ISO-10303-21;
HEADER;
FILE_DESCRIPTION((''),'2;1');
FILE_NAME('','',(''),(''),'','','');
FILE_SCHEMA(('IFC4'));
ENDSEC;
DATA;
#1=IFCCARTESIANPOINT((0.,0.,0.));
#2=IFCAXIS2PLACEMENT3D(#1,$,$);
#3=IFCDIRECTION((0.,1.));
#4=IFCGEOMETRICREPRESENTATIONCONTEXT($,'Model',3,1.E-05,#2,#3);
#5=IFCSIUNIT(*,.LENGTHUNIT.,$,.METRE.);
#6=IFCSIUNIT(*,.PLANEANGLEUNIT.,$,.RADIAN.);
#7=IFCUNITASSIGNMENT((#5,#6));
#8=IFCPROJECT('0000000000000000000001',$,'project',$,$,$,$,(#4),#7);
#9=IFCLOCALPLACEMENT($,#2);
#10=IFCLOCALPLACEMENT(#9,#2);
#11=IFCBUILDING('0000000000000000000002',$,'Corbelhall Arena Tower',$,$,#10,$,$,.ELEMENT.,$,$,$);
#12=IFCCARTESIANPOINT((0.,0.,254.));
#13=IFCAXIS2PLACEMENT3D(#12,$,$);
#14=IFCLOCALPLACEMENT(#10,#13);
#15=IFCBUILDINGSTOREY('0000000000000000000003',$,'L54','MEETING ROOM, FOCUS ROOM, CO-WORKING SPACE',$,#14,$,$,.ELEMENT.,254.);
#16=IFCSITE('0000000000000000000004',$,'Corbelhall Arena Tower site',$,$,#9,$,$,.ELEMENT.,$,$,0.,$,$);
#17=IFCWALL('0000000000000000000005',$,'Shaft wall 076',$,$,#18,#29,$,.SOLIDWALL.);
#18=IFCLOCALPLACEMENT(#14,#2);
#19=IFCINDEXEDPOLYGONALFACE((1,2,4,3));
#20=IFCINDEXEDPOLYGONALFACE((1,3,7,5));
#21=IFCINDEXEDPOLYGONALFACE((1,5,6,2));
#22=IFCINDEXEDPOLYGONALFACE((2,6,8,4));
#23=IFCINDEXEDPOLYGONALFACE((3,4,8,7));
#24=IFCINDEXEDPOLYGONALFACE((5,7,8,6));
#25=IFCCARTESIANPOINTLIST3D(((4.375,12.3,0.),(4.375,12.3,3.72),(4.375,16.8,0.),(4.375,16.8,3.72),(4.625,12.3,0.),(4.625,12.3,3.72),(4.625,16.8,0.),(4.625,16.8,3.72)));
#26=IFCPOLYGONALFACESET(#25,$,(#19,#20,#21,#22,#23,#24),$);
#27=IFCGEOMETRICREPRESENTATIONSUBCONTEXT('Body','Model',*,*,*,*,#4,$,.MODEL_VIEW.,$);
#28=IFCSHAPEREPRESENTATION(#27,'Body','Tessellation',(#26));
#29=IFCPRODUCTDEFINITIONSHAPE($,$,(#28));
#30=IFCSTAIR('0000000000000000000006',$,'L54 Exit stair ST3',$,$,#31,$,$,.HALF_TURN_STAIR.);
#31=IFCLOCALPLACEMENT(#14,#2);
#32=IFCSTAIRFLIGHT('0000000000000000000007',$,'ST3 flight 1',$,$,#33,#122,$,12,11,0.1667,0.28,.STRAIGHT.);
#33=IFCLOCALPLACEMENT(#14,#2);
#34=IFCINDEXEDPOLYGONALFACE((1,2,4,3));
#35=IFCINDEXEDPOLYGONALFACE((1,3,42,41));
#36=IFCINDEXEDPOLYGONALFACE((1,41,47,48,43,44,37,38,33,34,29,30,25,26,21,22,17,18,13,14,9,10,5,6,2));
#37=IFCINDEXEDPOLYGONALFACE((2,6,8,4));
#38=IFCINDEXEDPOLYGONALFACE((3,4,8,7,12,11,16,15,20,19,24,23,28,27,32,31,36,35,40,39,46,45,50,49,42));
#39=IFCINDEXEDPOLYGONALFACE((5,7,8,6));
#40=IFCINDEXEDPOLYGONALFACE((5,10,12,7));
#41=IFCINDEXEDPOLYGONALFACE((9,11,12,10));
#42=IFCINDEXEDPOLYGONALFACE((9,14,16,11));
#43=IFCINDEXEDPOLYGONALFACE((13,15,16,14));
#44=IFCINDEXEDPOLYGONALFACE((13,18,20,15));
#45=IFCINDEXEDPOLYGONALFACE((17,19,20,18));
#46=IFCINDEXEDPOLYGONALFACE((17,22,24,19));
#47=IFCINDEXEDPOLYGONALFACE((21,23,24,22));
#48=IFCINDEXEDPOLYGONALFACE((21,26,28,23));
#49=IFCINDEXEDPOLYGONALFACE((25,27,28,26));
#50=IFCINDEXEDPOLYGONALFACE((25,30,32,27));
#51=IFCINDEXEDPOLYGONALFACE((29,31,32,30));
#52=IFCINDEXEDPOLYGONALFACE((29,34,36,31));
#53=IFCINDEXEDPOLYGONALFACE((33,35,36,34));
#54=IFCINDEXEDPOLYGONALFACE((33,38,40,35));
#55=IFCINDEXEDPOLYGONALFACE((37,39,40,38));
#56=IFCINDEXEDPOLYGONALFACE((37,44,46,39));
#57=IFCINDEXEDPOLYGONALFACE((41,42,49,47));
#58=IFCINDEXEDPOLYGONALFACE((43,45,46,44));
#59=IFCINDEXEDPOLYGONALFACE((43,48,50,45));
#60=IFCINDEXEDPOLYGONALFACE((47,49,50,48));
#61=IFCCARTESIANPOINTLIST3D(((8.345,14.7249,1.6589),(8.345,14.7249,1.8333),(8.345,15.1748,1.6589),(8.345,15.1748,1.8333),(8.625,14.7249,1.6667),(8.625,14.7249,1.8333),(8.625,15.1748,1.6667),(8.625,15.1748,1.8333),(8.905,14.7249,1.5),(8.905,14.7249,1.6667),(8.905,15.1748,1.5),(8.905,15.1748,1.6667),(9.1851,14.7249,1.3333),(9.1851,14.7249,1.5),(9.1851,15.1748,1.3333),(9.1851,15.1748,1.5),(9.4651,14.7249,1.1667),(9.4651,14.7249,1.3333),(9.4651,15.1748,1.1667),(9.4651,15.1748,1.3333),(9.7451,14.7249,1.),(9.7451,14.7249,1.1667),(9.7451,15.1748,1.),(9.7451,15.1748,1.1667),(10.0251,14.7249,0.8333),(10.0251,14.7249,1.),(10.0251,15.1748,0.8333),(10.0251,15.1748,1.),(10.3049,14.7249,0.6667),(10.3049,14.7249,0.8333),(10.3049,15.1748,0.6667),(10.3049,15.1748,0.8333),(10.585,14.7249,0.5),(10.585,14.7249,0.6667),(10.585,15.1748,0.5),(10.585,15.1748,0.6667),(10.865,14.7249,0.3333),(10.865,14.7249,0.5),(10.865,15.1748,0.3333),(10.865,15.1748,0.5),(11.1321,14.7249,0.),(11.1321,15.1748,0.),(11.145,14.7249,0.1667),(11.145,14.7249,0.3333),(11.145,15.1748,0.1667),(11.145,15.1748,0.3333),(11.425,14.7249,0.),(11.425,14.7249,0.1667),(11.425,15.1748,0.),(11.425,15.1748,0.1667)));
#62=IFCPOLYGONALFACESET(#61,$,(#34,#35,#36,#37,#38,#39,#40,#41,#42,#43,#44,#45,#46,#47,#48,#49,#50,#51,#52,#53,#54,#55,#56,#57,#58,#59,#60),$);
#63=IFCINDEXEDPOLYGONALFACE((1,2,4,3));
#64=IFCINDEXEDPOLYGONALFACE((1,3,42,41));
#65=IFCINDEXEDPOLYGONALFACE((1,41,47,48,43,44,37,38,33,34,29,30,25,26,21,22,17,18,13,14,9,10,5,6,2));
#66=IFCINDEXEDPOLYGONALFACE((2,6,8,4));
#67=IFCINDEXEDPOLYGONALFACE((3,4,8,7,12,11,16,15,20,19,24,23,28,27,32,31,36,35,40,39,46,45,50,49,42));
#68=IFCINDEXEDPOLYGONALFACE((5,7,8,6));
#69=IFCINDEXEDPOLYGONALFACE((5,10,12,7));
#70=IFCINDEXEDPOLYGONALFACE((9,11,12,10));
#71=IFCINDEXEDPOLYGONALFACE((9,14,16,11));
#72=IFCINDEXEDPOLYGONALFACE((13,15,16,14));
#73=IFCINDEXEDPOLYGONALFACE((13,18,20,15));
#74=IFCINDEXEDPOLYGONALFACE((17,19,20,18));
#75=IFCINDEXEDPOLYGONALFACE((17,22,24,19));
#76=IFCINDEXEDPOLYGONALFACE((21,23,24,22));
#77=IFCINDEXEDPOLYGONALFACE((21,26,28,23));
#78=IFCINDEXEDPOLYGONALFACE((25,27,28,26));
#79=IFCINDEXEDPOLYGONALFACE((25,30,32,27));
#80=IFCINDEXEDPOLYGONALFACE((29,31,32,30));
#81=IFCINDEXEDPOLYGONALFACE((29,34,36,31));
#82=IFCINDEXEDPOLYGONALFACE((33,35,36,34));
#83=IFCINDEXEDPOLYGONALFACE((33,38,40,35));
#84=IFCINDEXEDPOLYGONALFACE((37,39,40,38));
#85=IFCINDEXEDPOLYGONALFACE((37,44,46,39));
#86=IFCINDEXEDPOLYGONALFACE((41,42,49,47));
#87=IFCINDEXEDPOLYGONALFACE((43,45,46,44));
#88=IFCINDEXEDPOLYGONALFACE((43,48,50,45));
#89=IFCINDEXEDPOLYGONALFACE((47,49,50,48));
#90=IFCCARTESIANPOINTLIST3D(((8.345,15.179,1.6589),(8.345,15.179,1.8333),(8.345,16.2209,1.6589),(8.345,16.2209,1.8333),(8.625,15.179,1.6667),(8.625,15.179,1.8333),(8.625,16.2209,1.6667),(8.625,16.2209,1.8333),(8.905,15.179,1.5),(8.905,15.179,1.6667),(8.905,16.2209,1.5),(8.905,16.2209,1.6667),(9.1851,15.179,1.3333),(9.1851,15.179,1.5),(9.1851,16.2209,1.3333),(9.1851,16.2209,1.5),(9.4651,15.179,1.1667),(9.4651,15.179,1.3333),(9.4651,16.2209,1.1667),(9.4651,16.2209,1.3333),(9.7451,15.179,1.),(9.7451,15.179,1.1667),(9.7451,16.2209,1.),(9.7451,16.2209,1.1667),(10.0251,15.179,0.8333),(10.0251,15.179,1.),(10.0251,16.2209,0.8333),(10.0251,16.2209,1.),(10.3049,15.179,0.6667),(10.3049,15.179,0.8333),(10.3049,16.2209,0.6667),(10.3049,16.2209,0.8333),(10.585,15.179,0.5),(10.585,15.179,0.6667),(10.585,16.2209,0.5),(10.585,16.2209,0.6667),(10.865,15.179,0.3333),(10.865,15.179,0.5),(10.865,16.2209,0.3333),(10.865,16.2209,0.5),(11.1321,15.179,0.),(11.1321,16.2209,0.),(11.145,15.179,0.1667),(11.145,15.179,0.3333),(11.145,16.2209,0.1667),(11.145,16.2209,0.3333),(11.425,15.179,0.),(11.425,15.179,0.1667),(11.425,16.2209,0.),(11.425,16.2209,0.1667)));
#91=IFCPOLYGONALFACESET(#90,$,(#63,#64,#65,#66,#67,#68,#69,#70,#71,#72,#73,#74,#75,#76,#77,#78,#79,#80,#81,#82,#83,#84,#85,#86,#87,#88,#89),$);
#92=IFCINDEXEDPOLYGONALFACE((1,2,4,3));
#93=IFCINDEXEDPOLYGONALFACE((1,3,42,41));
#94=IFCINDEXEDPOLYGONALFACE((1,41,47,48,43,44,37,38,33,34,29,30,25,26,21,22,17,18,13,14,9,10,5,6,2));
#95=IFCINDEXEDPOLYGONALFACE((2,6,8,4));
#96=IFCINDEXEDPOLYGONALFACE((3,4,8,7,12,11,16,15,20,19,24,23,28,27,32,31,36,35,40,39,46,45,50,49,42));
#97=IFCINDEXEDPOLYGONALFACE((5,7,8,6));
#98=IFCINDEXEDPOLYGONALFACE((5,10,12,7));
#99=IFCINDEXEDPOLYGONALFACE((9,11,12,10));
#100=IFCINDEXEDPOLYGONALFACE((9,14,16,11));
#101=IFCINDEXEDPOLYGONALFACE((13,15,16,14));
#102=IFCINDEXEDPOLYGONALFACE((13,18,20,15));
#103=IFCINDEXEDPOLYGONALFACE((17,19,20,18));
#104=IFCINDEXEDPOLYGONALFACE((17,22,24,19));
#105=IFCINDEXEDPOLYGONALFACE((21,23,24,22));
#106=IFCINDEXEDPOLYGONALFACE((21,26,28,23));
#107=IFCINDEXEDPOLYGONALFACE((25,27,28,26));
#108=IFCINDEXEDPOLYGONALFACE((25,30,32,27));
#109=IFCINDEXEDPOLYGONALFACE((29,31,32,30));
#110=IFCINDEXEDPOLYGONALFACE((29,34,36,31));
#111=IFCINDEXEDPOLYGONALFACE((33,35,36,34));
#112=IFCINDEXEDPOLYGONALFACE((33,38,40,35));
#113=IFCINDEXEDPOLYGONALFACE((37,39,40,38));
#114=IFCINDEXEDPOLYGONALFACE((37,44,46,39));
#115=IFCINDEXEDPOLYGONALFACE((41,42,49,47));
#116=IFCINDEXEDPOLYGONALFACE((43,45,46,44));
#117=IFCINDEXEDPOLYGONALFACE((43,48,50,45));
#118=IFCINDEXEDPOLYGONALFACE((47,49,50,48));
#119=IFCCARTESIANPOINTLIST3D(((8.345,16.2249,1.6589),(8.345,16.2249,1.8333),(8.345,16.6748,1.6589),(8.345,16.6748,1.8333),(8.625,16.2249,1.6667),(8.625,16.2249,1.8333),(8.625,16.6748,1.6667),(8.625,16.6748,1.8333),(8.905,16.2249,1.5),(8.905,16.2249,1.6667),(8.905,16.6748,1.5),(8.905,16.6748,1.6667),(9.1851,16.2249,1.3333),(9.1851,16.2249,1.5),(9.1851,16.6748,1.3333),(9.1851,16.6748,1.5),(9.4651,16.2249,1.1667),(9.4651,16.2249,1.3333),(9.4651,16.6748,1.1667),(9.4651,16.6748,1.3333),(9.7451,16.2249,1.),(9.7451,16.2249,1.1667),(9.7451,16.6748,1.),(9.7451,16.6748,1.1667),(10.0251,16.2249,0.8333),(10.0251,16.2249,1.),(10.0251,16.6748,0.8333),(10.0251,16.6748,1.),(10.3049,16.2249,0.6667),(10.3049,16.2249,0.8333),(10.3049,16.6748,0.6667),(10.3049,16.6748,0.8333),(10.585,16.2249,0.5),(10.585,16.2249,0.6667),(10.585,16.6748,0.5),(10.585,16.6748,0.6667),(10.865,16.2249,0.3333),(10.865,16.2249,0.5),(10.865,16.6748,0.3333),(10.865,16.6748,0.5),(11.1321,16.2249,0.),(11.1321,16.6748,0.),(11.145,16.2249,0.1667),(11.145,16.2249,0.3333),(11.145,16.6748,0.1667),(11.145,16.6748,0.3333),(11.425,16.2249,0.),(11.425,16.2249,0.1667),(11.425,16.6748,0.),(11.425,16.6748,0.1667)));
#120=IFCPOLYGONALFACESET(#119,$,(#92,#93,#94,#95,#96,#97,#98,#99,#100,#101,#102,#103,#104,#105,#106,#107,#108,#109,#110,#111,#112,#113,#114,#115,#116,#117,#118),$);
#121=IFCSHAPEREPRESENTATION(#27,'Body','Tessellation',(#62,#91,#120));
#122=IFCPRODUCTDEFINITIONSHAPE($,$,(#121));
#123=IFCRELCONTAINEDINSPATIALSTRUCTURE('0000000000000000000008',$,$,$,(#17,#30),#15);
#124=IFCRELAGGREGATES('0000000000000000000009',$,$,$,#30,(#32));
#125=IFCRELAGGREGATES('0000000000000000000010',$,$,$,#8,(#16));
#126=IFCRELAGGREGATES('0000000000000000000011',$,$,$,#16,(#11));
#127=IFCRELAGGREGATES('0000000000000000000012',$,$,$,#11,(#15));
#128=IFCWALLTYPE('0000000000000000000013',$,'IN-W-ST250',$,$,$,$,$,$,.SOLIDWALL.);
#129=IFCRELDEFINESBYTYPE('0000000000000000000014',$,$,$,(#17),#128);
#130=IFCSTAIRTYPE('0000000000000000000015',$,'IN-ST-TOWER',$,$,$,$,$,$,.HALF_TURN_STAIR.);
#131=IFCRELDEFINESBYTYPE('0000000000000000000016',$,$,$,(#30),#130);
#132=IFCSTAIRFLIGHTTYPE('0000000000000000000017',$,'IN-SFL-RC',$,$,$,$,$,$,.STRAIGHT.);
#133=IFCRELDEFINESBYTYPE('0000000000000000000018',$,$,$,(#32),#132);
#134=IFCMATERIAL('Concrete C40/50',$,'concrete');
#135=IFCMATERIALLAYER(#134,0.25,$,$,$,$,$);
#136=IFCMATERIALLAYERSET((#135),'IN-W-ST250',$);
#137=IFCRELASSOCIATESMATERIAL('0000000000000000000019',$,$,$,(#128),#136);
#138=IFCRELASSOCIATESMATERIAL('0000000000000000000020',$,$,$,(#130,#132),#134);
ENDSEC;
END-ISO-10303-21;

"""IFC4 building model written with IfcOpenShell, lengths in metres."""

from ifc_helpers import new_model, si_unit, direction, frame, frame_2d, origin, place, context, subcontext, project, spatial, polyline, rectangle, outline, extrude, material, layer, layer_set, type_object, element, aggregate, save


model = new_model("IFC4")

# Units and contexts
model_context = context("Model", 3, precision=1e-05, world=origin(), true_north=direction((0.0, 1.0)))
body_context = subcontext(model_context, "Body", "Model", "MODEL_VIEW")
ifc_project = project(units=[si_unit("LENGTHUNIT", "METRE"), si_unit("PLANEANGLEUNIT", "RADIAN")], contexts=[model_context])

# Site, building, storey
site_placement = place(None, origin())
site = spatial("IfcSite", under=ifc_project, at=site_placement, Name="Corbelhall Arena Tower site", CompositionType="ELEMENT", RefElevation=0.0)
building_placement = place(site_placement, origin())
building = spatial("IfcBuilding", under=site, at=building_placement, Name="Corbelhall Arena Tower", CompositionType="ELEMENT")
storey_placement = place(building_placement, frame((0.0, 0.0, 254.0)))
storey = spatial("IfcBuildingStorey", under=building, at=storey_placement, Name="L54", Description="MEETING ROOM, FOCUS ROOM, CO-WORKING SPACE", CompositionType="ELEMENT", Elevation=254.0)

# Wall
ifc_material_1 = material(Name="Concrete C40/50", Category="concrete")
ifc_layer_1 = layer(ifc_material_1, 0.25)
ifc_layer_set_1 = layer_set([ifc_layer_1], Name="IN-W-ST250")
wall_type_1 = type_object("IfcWallType", Name="IN-W-ST250", PredefinedType="SOLIDWALL", material=ifc_layer_set_1)
wall_1_placement = place(storey_placement, frame((4.5, 12.3, 0.0), z_axis=(0.0, 0.0, 1.0), x_axis=(0.0, 1.0, 0.0)))
element("IfcWall", 1, at=wall_1_placement, inside=storey, type_object=wall_type_1, Name="Shaft wall 076", PredefinedType="SOLIDWALL", context=body_context, shape_type="SweptSolid", body=[
    extrude(rectangle(XDim=4.5, YDim=0.25, at=frame_2d((2.25, 0.0))), origin(), (0.0, 0.0, 1.0), 3.72),
])

# Stair, stair flight
stair_type = type_object("IfcStairType", Name="IN-ST-TOWER", PredefinedType="HALF_TURN_STAIR", material=ifc_material_1)
stair_placement = place(storey_placement, origin())
stair = element("IfcStair", 2, at=stair_placement, inside=storey, type_object=stair_type, Name="L54 Exit stair ST3", PredefinedType="HALF_TURN_STAIR")
stair_flight_type = type_object("IfcStairFlightType", Name="IN-SFL-RC", PredefinedType="STRAIGHT", material=ifc_material_1)
stair_flight_1_placement = place(storey_placement, frame((11.425, 15.7, 0.0), z_axis=(0.0, 0.0, 1.0), x_axis=(-1.0, 0.0, 0.0)))
stair_flight_1 = element("IfcStairFlight", 3, at=stair_flight_1_placement, type_object=stair_flight_type, Name="ST3 flight 1", NumberOfRisers=12, NumberOfTreads=11, PredefinedType="STRAIGHT", RiserHeight=0.1667, TreadLength=0.28, context=body_context, shape_type="SweptSolid", body=[
    extrude(outline(polyline([(0.0, 0.0), (0.0, 0.1667), (0.28, 0.1667), (0.28, 0.3333), (0.5601, 0.3333), (0.5601, 0.5), (0.8401, 0.5), (0.8401, 0.6667), (1.1201, 0.6667), (1.1201, 0.8333), (1.3999, 0.8333), (1.3999, 1.0), (1.6799, 1.0), (1.6799, 1.1667), (1.96, 1.1667), (1.96, 1.3333), (2.24, 1.3333), (2.24, 1.5), (2.52, 1.5), (2.52, 1.6667), (2.8, 1.6667), (2.8, 1.8333), (3.0801, 1.8333), (3.0801, 2.0), (3.0801, 1.6589), (0.293, 0.0), (0.0, 0.0)])), frame((0.0, 0.9751, 0.0), z_axis=(0.0, -1.0, 0.0), x_axis=(1.0, 0.0, 0.0)), (0.0, 0.0, 1.0), 0.45),
    extrude(outline(polyline([(0.0, 0.0), (0.0, 0.1667), (0.28, 0.1667), (0.28, 0.3333), (0.5601, 0.3333), (0.5601, 0.5), (0.8401, 0.5), (0.8401, 0.6667), (1.1201, 0.6667), (1.1201, 0.8333), (1.3999, 0.8333), (1.3999, 1.0), (1.6799, 1.0), (1.6799, 1.1667), (1.96, 1.1667), (1.96, 1.3333), (2.24, 1.3333), (2.24, 1.5), (2.52, 1.5), (2.52, 1.6667), (2.8, 1.6667), (2.8, 1.8333), (3.0801, 1.8333), (3.0801, 2.0), (3.0801, 1.6589), (0.293, 0.0), (0.0, 0.0)])), frame((0.0, 0.521, 0.0), z_axis=(0.0, -1.0, 0.0), x_axis=(1.0, 0.0, 0.0)), (0.0, 0.0, 1.0), 1.042),
    extrude(outline(polyline([(0.0, 0.0), (0.0, 0.1667), (0.28, 0.1667), (0.28, 0.3333), (0.5601, 0.3333), (0.5601, 0.5), (0.8401, 0.5), (0.8401, 0.6667), (1.1201, 0.6667), (1.1201, 0.8333), (1.3999, 0.8333), (1.3999, 1.0), (1.6799, 1.0), (1.6799, 1.1667), (1.96, 1.1667), (1.96, 1.3333), (2.24, 1.3333), (2.24, 1.5), (2.52, 1.5), (2.52, 1.6667), (2.8, 1.6667), (2.8, 1.8333), (3.0801, 1.8333), (3.0801, 2.0), (3.0801, 1.6589), (0.293, 0.0), (0.0, 0.0)])), frame((0.0, -0.5249, 0.0), z_axis=(0.0, -1.0, 0.0), x_axis=(1.0, 0.0, 0.0)), (0.0, 0.0, 1.0), 0.45),
])
aggregate(stair, [stair_flight_1])

save(model, "model.ifc")
